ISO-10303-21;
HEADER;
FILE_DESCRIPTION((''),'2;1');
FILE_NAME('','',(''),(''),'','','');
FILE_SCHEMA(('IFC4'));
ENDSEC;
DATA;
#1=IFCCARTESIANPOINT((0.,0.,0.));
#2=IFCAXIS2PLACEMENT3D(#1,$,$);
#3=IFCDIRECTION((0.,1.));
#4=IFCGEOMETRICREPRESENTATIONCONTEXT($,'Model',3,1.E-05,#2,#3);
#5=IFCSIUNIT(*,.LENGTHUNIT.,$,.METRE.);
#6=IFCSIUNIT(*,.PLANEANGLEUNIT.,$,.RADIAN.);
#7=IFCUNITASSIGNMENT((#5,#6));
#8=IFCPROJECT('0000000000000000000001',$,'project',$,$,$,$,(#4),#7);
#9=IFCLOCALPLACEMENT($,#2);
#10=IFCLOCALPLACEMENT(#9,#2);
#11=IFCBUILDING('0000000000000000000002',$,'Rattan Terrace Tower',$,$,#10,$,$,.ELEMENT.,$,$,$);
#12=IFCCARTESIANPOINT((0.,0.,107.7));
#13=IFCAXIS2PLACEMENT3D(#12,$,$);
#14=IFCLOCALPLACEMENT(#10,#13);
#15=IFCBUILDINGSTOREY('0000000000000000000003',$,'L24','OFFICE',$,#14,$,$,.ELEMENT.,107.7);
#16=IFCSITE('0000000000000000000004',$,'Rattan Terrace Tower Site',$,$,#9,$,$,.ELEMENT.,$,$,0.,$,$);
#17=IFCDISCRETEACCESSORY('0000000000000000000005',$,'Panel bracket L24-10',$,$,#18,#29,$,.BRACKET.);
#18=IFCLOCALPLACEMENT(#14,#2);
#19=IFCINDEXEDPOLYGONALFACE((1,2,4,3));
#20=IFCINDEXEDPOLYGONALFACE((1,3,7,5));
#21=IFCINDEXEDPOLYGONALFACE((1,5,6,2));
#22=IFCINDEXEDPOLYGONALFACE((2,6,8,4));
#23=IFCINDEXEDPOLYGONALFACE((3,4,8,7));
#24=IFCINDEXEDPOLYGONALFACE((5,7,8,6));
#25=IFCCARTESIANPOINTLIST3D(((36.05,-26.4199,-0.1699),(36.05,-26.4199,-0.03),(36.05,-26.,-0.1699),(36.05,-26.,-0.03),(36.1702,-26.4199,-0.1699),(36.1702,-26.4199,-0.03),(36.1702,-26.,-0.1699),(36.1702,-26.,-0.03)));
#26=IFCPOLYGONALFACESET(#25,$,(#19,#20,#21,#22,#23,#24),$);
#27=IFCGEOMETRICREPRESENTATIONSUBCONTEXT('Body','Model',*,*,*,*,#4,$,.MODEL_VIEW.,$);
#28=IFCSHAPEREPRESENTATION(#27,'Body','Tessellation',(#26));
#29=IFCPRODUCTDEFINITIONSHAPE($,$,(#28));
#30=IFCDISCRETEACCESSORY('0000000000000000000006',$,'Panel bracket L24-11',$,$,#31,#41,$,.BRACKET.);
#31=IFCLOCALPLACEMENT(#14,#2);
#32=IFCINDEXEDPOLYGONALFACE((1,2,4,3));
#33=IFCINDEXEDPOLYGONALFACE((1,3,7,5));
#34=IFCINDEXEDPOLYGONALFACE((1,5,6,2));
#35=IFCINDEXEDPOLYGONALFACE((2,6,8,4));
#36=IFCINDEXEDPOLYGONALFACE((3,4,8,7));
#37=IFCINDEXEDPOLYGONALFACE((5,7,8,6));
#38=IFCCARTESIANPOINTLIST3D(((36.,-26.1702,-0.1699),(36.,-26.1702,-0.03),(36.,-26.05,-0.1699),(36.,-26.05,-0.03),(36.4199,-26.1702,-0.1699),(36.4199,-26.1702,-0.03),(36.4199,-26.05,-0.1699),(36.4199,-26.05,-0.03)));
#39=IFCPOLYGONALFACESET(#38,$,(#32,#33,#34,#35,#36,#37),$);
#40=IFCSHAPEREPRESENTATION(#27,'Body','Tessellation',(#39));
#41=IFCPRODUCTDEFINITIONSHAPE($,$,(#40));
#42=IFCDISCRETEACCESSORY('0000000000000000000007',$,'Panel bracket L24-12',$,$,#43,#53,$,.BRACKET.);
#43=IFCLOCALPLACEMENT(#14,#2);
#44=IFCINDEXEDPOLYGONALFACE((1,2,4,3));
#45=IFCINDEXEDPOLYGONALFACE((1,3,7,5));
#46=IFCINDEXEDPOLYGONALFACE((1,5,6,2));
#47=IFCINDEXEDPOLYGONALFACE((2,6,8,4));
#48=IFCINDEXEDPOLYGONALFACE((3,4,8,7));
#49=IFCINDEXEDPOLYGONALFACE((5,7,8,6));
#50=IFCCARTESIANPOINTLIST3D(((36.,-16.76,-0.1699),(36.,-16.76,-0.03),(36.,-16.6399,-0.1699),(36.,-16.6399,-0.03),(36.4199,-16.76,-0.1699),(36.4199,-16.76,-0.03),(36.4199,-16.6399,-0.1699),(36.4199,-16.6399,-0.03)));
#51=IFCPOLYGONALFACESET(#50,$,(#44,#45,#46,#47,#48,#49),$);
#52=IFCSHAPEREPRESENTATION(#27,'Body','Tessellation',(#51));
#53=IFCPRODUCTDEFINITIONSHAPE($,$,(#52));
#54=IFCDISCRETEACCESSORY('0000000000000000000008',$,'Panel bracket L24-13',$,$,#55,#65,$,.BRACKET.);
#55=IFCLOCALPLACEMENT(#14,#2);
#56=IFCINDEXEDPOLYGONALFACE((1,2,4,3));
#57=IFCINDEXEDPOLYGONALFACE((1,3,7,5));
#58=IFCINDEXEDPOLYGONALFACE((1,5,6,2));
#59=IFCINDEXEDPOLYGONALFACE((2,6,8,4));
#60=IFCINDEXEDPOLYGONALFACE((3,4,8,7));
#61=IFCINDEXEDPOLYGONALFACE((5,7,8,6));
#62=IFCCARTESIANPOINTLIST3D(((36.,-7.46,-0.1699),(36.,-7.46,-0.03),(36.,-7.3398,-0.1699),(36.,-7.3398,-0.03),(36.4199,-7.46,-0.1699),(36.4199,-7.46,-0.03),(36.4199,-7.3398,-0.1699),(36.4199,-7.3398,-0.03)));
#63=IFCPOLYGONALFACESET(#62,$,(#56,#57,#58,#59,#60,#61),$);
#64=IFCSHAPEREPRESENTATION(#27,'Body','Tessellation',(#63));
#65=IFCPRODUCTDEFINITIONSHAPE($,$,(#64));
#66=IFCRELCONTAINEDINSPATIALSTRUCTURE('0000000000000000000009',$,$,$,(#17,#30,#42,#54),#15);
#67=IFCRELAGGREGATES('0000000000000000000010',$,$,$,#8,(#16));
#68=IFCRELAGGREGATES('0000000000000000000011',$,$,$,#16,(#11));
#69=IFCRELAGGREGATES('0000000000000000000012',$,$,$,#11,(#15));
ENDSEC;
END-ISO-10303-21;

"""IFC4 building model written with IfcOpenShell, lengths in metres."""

from ifc_helpers import new_model, si_unit, direction, frame, origin, origin_2d, place, context, subcontext, project, spatial, rectangle, extrude, element, save


model = new_model("IFC4")

# Units and contexts
model_context = context("Model", 3, precision=1e-05, world=origin(), true_north=direction((0.0, 1.0)))
body_context = subcontext(model_context, "Body", "Model", "MODEL_VIEW")
ifc_project = project(units=[si_unit("LENGTHUNIT", "METRE"), si_unit("PLANEANGLEUNIT", "RADIAN")], contexts=[model_context])

# Site, building, storey
site_placement = place(None, origin())
site = spatial("IfcSite", under=ifc_project, at=site_placement, Name="Rattan Terrace Tower Site", CompositionType="ELEMENT", RefElevation=0.0)
building_placement = place(site_placement, origin())
building = spatial("IfcBuilding", under=site, at=building_placement, Name="Rattan Terrace Tower", CompositionType="ELEMENT")
storey_placement = place(building_placement, frame((0.0, 0.0, 107.7)))
storey = spatial("IfcBuildingStorey", under=building, at=storey_placement, Name="L24", Description="OFFICE", CompositionType="ELEMENT", Elevation=107.7)

# Discrete accessories
for number, where, z_axis, x_axis, name in (
    (1, (36.1101, -26.21, -0.1699), (0.0, 0.0, 1.0), (1.0, 0.0, 0.0), "Panel bracket L24-10"),
    (2, (36.21, -26.1101, -0.1699), (0.0, 0.0, 1.0), (0.0, 1.0, 0.0), "Panel bracket L24-11"),
    (3, (36.21, -16.7, -0.1699), (0.0, 0.0, 1.0), (0.0, 1.0, 0.0), "Panel bracket L24-12"),
    (4, (36.21, -7.3999, -0.1699), (0.0, 0.0, 1.0), (0.0, 1.0, 0.0), "Panel bracket L24-13"),
):
    element("IfcDiscreteAccessory", number, at=place(storey_placement, frame(where, z_axis=z_axis, x_axis=x_axis)), inside=storey, Name=name, PredefinedType="BRACKET", context=body_context, shape_type="SweptSolid", body=[
        extrude(rectangle(XDim=0.1201, YDim=0.4199, at=origin_2d()), origin(), (0.0, 0.0, 1.0), 0.1399),
    ])

save(model, "model.ifc")
